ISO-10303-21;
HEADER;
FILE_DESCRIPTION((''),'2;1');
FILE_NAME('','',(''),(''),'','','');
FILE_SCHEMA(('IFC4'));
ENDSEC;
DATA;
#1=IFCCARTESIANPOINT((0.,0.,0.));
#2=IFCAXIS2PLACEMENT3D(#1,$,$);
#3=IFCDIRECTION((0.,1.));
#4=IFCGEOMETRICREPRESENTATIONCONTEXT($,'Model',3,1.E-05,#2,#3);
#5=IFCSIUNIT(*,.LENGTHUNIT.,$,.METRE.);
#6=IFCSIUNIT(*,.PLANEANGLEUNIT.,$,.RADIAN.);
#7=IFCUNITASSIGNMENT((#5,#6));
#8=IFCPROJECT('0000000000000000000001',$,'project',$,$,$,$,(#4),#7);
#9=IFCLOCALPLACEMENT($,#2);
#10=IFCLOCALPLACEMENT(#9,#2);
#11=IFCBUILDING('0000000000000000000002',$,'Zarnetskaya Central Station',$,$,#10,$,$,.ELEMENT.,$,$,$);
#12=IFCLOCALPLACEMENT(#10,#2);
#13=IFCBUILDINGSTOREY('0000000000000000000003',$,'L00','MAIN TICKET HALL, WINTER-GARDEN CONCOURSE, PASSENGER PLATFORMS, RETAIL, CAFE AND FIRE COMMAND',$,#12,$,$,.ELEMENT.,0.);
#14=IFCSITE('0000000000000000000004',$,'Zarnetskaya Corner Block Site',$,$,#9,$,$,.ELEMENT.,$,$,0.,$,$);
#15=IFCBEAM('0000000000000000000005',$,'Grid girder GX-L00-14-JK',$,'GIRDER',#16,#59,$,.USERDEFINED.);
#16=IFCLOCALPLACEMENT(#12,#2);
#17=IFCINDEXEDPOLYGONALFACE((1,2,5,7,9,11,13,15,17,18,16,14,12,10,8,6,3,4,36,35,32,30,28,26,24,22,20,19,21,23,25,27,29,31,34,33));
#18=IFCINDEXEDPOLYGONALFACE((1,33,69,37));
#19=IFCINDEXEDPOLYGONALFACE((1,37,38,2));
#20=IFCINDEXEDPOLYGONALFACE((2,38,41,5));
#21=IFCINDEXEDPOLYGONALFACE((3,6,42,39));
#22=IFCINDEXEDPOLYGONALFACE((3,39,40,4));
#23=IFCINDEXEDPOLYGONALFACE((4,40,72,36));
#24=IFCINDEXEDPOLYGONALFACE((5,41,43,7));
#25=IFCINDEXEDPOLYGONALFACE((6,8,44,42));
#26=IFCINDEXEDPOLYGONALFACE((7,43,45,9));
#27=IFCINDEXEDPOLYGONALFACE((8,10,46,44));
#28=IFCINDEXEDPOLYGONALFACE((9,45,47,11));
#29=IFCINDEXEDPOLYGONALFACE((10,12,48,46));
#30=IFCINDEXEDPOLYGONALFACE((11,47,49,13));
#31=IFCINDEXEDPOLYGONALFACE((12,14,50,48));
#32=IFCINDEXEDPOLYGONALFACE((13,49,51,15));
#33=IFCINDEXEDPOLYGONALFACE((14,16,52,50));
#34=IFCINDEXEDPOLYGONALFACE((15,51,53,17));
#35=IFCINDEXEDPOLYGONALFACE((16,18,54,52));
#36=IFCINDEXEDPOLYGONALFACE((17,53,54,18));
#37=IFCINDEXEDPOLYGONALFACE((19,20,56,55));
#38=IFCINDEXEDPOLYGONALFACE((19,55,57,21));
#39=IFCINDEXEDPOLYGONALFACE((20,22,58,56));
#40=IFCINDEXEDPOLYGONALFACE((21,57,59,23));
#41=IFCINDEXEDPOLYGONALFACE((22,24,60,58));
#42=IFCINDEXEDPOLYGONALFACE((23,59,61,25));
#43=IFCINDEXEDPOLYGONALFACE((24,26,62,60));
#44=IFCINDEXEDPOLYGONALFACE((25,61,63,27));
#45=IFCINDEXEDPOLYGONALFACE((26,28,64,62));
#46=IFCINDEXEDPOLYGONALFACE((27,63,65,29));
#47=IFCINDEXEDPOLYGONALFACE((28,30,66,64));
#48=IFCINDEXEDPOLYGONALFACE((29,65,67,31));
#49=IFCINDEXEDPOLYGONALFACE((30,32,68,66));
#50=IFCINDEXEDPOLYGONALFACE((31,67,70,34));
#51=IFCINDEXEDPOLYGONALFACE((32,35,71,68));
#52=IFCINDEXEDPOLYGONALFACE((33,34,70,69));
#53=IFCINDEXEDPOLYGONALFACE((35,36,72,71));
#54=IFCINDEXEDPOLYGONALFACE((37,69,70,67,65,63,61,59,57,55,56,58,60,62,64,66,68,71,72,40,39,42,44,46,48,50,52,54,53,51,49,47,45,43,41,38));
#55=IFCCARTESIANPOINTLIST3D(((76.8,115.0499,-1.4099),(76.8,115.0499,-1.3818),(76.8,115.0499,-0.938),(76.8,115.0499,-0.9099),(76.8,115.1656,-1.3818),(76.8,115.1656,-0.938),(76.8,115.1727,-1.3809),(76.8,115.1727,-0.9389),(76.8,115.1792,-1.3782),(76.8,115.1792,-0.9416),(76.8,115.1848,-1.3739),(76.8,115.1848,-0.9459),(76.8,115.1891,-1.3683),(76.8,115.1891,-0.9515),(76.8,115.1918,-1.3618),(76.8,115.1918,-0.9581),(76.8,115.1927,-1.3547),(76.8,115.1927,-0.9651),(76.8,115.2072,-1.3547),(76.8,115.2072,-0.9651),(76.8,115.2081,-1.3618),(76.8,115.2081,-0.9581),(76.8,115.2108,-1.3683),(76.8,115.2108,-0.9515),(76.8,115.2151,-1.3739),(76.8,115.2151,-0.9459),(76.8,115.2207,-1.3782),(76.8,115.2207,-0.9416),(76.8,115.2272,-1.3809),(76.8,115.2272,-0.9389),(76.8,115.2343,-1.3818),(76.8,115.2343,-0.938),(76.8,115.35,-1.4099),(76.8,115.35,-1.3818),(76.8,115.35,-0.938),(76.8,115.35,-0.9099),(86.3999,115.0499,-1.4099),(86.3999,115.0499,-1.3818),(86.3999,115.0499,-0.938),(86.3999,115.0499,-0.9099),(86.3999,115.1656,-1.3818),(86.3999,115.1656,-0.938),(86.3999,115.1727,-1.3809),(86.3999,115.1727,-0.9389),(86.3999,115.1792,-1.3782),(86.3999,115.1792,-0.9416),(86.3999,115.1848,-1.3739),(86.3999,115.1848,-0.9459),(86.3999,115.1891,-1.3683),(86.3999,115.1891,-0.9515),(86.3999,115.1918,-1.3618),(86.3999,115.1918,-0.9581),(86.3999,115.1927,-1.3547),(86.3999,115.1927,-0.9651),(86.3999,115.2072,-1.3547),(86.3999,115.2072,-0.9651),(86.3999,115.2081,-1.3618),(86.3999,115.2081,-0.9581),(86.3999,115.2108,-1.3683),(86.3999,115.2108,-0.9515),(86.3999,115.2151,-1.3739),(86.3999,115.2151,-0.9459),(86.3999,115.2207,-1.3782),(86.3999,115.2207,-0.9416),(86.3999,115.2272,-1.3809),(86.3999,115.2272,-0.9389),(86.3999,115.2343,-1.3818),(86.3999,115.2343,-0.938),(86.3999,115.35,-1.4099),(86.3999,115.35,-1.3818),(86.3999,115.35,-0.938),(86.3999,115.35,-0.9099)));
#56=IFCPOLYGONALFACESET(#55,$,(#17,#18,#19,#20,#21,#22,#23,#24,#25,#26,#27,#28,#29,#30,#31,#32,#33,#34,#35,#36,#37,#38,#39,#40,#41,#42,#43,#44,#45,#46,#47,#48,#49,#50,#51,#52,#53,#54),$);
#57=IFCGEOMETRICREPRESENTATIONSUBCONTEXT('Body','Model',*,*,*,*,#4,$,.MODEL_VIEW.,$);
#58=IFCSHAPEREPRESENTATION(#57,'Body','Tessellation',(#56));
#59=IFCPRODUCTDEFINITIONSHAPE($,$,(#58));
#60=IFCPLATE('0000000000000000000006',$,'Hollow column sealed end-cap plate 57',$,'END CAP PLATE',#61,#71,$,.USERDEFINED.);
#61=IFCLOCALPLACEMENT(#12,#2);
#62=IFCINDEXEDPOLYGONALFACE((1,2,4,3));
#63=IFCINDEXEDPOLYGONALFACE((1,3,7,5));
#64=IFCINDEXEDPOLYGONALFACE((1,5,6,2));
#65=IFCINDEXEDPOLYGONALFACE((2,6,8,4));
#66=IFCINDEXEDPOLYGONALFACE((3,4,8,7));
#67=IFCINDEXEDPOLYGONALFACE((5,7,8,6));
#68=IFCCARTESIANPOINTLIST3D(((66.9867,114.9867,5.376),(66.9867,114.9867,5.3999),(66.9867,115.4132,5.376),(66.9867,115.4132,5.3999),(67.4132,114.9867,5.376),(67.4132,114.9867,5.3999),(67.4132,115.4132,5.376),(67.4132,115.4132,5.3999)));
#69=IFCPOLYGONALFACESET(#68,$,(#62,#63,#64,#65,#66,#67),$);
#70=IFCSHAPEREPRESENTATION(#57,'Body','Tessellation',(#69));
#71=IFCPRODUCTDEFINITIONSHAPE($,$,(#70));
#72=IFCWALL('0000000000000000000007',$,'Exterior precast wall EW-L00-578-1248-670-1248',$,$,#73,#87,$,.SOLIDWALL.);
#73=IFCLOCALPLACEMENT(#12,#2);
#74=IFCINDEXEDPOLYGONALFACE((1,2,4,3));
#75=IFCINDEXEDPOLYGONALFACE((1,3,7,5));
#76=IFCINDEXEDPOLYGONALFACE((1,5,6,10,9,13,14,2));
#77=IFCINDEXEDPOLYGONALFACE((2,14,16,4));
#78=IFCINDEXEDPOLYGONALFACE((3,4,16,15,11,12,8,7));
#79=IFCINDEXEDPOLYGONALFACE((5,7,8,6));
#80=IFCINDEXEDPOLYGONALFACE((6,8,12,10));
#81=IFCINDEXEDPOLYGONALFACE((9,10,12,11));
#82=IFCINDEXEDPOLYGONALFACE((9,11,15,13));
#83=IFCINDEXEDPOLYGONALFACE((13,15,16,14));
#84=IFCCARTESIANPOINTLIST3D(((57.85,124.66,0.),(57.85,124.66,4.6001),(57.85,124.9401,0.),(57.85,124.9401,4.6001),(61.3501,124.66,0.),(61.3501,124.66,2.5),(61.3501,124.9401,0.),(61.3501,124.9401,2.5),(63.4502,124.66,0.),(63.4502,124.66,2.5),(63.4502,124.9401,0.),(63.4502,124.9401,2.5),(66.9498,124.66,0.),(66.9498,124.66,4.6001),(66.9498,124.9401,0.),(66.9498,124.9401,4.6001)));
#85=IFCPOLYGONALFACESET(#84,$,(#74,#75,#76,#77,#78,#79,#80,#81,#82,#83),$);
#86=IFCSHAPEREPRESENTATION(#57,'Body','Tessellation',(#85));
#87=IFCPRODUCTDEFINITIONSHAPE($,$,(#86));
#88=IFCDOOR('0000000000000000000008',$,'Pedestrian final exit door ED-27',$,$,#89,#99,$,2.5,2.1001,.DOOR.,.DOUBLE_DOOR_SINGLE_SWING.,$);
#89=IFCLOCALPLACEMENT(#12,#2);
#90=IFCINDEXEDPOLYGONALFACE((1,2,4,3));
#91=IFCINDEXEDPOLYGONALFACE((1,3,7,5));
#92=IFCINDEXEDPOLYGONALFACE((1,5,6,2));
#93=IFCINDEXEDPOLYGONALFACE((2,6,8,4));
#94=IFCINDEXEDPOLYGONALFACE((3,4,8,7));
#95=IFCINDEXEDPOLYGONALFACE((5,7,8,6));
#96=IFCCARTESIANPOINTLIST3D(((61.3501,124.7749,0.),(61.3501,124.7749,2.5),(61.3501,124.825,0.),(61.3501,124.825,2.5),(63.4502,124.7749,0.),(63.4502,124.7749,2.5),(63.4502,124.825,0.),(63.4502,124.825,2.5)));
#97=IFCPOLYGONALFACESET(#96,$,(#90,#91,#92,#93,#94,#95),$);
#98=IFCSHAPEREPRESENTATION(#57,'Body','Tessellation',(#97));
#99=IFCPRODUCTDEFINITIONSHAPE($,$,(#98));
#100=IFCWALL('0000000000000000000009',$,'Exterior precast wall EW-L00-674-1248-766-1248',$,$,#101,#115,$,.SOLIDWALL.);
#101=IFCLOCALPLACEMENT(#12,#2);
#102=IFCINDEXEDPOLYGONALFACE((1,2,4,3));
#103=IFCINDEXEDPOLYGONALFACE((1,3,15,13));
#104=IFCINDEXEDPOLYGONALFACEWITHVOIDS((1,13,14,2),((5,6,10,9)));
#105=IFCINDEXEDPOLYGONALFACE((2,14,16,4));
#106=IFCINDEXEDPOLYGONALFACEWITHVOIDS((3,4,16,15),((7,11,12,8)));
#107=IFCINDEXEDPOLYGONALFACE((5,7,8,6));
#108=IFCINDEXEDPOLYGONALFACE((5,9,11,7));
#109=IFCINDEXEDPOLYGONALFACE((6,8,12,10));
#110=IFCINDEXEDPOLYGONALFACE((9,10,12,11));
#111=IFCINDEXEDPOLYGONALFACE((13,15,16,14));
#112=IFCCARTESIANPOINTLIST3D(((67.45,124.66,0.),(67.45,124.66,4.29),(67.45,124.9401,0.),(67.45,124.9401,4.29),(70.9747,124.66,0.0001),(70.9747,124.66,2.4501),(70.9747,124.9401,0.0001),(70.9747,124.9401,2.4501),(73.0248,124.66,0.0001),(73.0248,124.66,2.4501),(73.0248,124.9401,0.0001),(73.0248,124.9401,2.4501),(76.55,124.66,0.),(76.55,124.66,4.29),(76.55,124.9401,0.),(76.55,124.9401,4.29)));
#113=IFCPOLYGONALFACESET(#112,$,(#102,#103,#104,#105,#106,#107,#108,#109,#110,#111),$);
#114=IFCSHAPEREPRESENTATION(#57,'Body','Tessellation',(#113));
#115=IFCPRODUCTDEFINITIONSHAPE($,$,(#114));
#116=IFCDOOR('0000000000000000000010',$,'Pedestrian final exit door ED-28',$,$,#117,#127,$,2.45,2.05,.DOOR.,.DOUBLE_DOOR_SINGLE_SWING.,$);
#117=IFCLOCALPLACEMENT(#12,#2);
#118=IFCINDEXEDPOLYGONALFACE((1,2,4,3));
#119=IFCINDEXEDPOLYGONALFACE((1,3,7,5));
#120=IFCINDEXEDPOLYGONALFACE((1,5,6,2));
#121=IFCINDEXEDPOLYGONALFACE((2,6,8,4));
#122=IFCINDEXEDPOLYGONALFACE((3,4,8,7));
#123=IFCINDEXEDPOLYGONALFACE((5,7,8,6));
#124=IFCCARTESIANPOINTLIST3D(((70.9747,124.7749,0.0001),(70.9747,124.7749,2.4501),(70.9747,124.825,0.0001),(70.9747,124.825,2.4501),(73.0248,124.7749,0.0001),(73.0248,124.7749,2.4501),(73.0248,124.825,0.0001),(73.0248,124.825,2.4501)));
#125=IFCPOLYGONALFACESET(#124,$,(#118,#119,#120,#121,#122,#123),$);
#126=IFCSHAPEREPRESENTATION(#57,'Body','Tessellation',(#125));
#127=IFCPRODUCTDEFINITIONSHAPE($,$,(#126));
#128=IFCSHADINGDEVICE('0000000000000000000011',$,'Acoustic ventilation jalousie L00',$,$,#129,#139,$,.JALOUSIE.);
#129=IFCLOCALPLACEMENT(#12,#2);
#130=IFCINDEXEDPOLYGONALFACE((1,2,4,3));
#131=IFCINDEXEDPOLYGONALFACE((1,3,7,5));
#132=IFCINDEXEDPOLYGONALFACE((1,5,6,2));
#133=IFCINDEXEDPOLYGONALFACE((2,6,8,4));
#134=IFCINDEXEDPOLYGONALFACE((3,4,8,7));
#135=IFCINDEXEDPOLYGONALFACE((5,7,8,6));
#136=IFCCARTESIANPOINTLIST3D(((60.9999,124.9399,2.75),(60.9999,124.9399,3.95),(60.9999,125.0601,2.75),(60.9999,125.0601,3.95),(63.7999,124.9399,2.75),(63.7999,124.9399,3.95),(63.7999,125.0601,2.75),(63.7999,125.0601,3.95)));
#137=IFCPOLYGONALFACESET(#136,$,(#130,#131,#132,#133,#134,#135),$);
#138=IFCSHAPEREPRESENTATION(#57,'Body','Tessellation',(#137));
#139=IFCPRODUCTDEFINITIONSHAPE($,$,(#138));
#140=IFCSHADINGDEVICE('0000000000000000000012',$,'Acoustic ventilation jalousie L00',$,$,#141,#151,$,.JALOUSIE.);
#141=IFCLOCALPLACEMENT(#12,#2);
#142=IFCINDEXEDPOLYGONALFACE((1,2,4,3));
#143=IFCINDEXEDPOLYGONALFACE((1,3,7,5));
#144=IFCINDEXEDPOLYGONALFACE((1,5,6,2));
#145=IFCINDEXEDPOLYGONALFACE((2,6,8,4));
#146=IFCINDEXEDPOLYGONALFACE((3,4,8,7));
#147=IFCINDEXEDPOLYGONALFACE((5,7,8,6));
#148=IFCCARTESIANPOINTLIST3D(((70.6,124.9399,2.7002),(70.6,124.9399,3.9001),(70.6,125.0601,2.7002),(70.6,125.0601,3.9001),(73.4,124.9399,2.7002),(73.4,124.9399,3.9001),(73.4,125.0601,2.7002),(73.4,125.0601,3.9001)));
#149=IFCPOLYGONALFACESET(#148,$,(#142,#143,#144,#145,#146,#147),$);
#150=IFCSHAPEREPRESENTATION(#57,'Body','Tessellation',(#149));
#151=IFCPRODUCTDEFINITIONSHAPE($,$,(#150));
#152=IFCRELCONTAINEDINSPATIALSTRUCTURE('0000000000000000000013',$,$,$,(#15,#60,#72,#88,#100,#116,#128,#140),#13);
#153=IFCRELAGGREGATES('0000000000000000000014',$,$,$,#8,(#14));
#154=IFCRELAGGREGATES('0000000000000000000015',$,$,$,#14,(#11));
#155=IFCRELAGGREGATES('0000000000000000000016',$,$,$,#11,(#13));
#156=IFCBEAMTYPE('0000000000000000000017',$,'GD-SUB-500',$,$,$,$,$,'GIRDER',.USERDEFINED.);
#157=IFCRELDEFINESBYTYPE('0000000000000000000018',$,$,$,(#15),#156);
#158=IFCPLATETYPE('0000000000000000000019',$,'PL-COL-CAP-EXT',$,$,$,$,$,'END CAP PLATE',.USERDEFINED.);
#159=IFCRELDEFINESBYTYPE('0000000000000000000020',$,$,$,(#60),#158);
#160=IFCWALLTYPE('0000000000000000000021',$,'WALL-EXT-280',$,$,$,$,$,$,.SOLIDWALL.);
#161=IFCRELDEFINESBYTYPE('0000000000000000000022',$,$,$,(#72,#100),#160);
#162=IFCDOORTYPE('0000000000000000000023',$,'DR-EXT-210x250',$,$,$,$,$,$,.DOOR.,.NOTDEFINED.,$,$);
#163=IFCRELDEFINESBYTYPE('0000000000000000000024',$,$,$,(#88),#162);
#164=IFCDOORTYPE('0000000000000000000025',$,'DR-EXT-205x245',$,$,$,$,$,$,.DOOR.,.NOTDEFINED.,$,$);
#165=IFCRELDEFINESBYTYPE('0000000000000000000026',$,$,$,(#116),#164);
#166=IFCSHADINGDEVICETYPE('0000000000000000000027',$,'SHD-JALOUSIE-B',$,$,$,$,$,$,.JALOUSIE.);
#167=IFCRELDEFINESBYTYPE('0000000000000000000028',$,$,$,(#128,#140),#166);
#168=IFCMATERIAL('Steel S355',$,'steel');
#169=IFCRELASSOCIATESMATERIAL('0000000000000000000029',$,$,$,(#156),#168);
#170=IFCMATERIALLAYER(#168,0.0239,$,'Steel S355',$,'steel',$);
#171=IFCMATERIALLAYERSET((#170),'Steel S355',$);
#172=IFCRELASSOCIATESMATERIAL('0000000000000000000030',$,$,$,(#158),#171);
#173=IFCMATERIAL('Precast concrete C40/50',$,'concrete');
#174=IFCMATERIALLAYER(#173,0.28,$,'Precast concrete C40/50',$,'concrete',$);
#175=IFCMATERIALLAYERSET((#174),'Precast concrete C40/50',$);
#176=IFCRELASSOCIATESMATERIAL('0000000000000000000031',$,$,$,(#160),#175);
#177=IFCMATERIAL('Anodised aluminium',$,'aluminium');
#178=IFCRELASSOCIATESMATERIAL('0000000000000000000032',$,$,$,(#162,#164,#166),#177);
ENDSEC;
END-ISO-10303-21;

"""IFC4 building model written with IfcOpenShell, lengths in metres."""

from ifc_helpers import new_model, si_unit, direction, frame, frame_2d, origin, origin_2d, place, context, subcontext, project, spatial, rectangle, i_section, extrude, material, layer, layer_set, material_profile, profile_set, type_object, element, fill, save


model = new_model("IFC4")

# Units and contexts
model_context = context("Model", 3, precision=1e-05, world=origin(), true_north=direction((0.0, 1.0)))
body_context = subcontext(model_context, "Body", "Model", "MODEL_VIEW")
ifc_project = project(units=[si_unit("LENGTHUNIT", "METRE"), si_unit("PLANEANGLEUNIT", "RADIAN")], contexts=[model_context])

# Site, building, storey
site_placement = place(None, origin())
site = spatial("IfcSite", under=ifc_project, at=site_placement, Name="Zarnetskaya Corner Block Site", CompositionType="ELEMENT", RefElevation=0.0)
building_placement = place(site_placement, origin())
building = spatial("IfcBuilding", under=site, at=building_placement, Name="Zarnetskaya Central Station", CompositionType="ELEMENT")
storey_placement = place(building_placement, origin())
storey = spatial("IfcBuildingStorey", under=building, at=storey_placement, Name="L00", Description="MAIN TICKET HALL, WINTER-GARDEN CONCOURSE, PASSENGER PLATFORMS, RETAIL, CAFE AND FIRE COMMAND", CompositionType="ELEMENT", Elevation=0.0)

# Shared definitions
ifc_material_1 = material(Name="Steel S355", Category="steel")

# Beam
ifc_material_profile_1 = material_profile(ifc_material_1, i_section(OverallWidth=0.3, OverallDepth=0.5, WebThickness=0.0144, FlangeThickness=0.0281, FilletRadius=0.0271, at=origin_2d()), Name="HEB 500")
ifc_profile_set_1 = profile_set([ifc_material_profile_1], Name="Steel S355")
beam_type_1 = type_object("IfcBeamType", Name="GD-SUB-500", ElementType="GIRDER", PredefinedType="USERDEFINED", material=ifc_profile_set_1)
beam_1_placement = place(storey_placement, frame((76.8, 115.2, -1.1599), z_axis=(1.0, 0.0, 0.0), x_axis=(0.0, 1.0, 0.0)))
element("IfcBeam", 1, at=beam_1_placement, inside=storey, type_object=beam_type_1, Name="Grid girder GX-L00-14-JK", ObjectType="GIRDER", PredefinedType="USERDEFINED", context=body_context, shape_type="SweptSolid", body=[
    extrude(i_section(OverallWidth=0.3, OverallDepth=0.5, WebThickness=0.0144, FlangeThickness=0.0281, FilletRadius=0.0271, at=origin_2d()), origin(), (0.0, 0.0, 1.0), 9.5999),
])

# Plate
ifc_layer_1 = layer(ifc_material_1, 0.0239, Name="Steel S355", Category="steel")
ifc_layer_set_1 = layer_set([ifc_layer_1], Name="Steel S355")
plate_type = type_object("IfcPlateType", Name="PL-COL-CAP-EXT", ElementType="END CAP PLATE", PredefinedType="USERDEFINED", material=ifc_layer_set_1)
plate_placement = place(storey_placement, frame((67.2, 115.2, 5.376), z_axis=(0.0, 0.0, 1.0), x_axis=(1.0, 0.0, 0.0)))
element("IfcPlate", 2, at=plate_placement, inside=storey, type_object=plate_type, Name="Hollow column sealed end-cap plate 57", ObjectType="END CAP PLATE", PredefinedType="USERDEFINED", context=body_context, shape_type="SweptSolid", body=[
    extrude(rectangle(XDim=0.4265, YDim=0.4265, at=origin_2d()), origin(), (0.0, 0.0, 1.0), 0.0239),
])

# Walls, openings, doors
ifc_material_2 = material(Name="Precast concrete C40/50", Category="concrete")
ifc_layer_2 = layer(ifc_material_2, 0.28, Name="Precast concrete C40/50", Category="concrete")
ifc_layer_set_2 = layer_set([ifc_layer_2], Name="Precast concrete C40/50")
wall_type = type_object("IfcWallType", Name="WALL-EXT-280", PredefinedType="SOLIDWALL", material=ifc_layer_set_2)
wall_1_placement = place(storey_placement, frame((57.8501, 124.8, 0.0), z_axis=(0.0, 0.0, 1.0), x_axis=(1.0, 0.0, 0.0)))
wall_1 = element("IfcWall", 3, at=wall_1_placement, inside=storey, type_object=wall_type, Name="Exterior precast wall EW-L00-578-1248-670-1248", PredefinedType="SOLIDWALL", context=body_context, shape_type="SweptSolid", body=[
    extrude(rectangle(XDim=9.0999, YDim=0.28, at=frame_2d((4.5498, 0.0))), origin(), (0.0, 0.0, 1.0), 4.6001),
])
opening_1_placement = place(wall_1_placement, frame((3.5, 0.0, 0.0)))
opening_1 = element("IfcOpeningElement", 4, at=opening_1_placement, cuts=wall_1, PredefinedType="OPENING", context=body_context, shape_type="SweptSolid", body=[
    extrude(rectangle(XDim=2.1001, YDim=2.5, at=frame_2d((1.05, 1.25))), frame((0.0, 0.1499, 0.0), z_axis=(0.0, -1.0, 0.0), x_axis=(1.0, 0.0, 0.0)), (0.0, 0.0, 1.0), 0.3),
])
ifc_material_3 = material(Name="Anodised aluminium", Category="aluminium")
door_type_1 = type_object("IfcDoorType", Name="DR-EXT-210x250", OperationType="NOTDEFINED", PredefinedType="DOOR", material=ifc_material_3)
door_1_placement = place(opening_1_placement, origin())
door_1 = element("IfcDoor", 5, at=door_1_placement, inside=storey, type_object=door_type_1, Name="Pedestrian final exit door ED-27", OperationType="DOUBLE_DOOR_SINGLE_SWING", OverallHeight=2.5, OverallWidth=2.1001, PredefinedType="DOOR", context=body_context, shape_type="SweptSolid", body=[
    extrude(rectangle(XDim=2.1001, YDim=2.5, at=frame_2d((1.05, 1.25))), frame((0.0, 0.0249, 0.0), z_axis=(0.0, -1.0, 0.0), x_axis=(1.0, 0.0, 0.0)), (0.0, 0.0, 1.0), 0.05),
])
fill(opening_1, door_1)
wall_2_placement = place(storey_placement, frame((67.45, 124.8, 0.0), z_axis=(0.0, 0.0, 1.0), x_axis=(1.0, 0.0, 0.0)))
wall_2 = element("IfcWall", 6, at=wall_2_placement, inside=storey, type_object=wall_type, Name="Exterior precast wall EW-L00-674-1248-766-1248", PredefinedType="SOLIDWALL", context=body_context, shape_type="SweptSolid", body=[
    extrude(rectangle(XDim=9.1001, YDim=0.28, at=frame_2d((4.55, 0.0))), origin(), (0.0, 0.0, 1.0), 4.29),
])
opening_2_placement = place(wall_2_placement, frame((3.5249, 0.0, 0.0)))
opening_2 = element("IfcOpeningElement", 7, at=opening_2_placement, cuts=wall_2, PredefinedType="OPENING", context=body_context, shape_type="SweptSolid", body=[
    extrude(rectangle(XDim=2.05, YDim=2.45, at=frame_2d((1.0249, 1.2251))), frame((0.0, 0.1499, 0.0), z_axis=(0.0, -1.0, 0.0), x_axis=(1.0, 0.0, 0.0)), (0.0, 0.0, 1.0), 0.3),
])
door_type_2 = type_object("IfcDoorType", Name="DR-EXT-205x245", OperationType="NOTDEFINED", PredefinedType="DOOR", material=ifc_material_3)
door_2_placement = place(opening_2_placement, origin())
door_2 = element("IfcDoor", 8, at=door_2_placement, inside=storey, type_object=door_type_2, Name="Pedestrian final exit door ED-28", OperationType="DOUBLE_DOOR_SINGLE_SWING", OverallHeight=2.45, OverallWidth=2.05, PredefinedType="DOOR", context=body_context, shape_type="SweptSolid", body=[
    extrude(rectangle(XDim=2.05, YDim=2.45, at=frame_2d((1.0249, 1.2251))), frame((0.0, 0.0249, 0.0), z_axis=(0.0, -1.0, 0.0), x_axis=(1.0, 0.0, 0.0)), (0.0, 0.0, 1.0), 0.05),
])
fill(opening_2, door_2)

# Shading devices
shading_device_type = type_object("IfcShadingDeviceType", Name="SHD-JALOUSIE-B", PredefinedType="JALOUSIE", material=ifc_material_3)
for number, where, z_axis, x_axis, name in (
    (9, (62.3999, 125.0, 2.75), (0.0, 0.0, 1.0), (1.0, 0.0, 0.0), "Acoustic ventilation jalousie L00"),
    (10, (72.0, 125.0, 2.7002), (0.0, 0.0, 1.0), (1.0, 0.0, 0.0), "Acoustic ventilation jalousie L00"),
):
    element("IfcShadingDevice", number, at=place(storey_placement, frame(where, z_axis=z_axis, x_axis=x_axis)), inside=storey, type_object=shading_device_type, Name=name, PredefinedType="JALOUSIE", context=body_context, shape_type="SweptSolid", body=[
        extrude(rectangle(XDim=2.8, YDim=0.1201, at=origin_2d()), origin(), (0.0, 0.0, 1.0), 1.2),
    ])

save(model, "model.ifc")
